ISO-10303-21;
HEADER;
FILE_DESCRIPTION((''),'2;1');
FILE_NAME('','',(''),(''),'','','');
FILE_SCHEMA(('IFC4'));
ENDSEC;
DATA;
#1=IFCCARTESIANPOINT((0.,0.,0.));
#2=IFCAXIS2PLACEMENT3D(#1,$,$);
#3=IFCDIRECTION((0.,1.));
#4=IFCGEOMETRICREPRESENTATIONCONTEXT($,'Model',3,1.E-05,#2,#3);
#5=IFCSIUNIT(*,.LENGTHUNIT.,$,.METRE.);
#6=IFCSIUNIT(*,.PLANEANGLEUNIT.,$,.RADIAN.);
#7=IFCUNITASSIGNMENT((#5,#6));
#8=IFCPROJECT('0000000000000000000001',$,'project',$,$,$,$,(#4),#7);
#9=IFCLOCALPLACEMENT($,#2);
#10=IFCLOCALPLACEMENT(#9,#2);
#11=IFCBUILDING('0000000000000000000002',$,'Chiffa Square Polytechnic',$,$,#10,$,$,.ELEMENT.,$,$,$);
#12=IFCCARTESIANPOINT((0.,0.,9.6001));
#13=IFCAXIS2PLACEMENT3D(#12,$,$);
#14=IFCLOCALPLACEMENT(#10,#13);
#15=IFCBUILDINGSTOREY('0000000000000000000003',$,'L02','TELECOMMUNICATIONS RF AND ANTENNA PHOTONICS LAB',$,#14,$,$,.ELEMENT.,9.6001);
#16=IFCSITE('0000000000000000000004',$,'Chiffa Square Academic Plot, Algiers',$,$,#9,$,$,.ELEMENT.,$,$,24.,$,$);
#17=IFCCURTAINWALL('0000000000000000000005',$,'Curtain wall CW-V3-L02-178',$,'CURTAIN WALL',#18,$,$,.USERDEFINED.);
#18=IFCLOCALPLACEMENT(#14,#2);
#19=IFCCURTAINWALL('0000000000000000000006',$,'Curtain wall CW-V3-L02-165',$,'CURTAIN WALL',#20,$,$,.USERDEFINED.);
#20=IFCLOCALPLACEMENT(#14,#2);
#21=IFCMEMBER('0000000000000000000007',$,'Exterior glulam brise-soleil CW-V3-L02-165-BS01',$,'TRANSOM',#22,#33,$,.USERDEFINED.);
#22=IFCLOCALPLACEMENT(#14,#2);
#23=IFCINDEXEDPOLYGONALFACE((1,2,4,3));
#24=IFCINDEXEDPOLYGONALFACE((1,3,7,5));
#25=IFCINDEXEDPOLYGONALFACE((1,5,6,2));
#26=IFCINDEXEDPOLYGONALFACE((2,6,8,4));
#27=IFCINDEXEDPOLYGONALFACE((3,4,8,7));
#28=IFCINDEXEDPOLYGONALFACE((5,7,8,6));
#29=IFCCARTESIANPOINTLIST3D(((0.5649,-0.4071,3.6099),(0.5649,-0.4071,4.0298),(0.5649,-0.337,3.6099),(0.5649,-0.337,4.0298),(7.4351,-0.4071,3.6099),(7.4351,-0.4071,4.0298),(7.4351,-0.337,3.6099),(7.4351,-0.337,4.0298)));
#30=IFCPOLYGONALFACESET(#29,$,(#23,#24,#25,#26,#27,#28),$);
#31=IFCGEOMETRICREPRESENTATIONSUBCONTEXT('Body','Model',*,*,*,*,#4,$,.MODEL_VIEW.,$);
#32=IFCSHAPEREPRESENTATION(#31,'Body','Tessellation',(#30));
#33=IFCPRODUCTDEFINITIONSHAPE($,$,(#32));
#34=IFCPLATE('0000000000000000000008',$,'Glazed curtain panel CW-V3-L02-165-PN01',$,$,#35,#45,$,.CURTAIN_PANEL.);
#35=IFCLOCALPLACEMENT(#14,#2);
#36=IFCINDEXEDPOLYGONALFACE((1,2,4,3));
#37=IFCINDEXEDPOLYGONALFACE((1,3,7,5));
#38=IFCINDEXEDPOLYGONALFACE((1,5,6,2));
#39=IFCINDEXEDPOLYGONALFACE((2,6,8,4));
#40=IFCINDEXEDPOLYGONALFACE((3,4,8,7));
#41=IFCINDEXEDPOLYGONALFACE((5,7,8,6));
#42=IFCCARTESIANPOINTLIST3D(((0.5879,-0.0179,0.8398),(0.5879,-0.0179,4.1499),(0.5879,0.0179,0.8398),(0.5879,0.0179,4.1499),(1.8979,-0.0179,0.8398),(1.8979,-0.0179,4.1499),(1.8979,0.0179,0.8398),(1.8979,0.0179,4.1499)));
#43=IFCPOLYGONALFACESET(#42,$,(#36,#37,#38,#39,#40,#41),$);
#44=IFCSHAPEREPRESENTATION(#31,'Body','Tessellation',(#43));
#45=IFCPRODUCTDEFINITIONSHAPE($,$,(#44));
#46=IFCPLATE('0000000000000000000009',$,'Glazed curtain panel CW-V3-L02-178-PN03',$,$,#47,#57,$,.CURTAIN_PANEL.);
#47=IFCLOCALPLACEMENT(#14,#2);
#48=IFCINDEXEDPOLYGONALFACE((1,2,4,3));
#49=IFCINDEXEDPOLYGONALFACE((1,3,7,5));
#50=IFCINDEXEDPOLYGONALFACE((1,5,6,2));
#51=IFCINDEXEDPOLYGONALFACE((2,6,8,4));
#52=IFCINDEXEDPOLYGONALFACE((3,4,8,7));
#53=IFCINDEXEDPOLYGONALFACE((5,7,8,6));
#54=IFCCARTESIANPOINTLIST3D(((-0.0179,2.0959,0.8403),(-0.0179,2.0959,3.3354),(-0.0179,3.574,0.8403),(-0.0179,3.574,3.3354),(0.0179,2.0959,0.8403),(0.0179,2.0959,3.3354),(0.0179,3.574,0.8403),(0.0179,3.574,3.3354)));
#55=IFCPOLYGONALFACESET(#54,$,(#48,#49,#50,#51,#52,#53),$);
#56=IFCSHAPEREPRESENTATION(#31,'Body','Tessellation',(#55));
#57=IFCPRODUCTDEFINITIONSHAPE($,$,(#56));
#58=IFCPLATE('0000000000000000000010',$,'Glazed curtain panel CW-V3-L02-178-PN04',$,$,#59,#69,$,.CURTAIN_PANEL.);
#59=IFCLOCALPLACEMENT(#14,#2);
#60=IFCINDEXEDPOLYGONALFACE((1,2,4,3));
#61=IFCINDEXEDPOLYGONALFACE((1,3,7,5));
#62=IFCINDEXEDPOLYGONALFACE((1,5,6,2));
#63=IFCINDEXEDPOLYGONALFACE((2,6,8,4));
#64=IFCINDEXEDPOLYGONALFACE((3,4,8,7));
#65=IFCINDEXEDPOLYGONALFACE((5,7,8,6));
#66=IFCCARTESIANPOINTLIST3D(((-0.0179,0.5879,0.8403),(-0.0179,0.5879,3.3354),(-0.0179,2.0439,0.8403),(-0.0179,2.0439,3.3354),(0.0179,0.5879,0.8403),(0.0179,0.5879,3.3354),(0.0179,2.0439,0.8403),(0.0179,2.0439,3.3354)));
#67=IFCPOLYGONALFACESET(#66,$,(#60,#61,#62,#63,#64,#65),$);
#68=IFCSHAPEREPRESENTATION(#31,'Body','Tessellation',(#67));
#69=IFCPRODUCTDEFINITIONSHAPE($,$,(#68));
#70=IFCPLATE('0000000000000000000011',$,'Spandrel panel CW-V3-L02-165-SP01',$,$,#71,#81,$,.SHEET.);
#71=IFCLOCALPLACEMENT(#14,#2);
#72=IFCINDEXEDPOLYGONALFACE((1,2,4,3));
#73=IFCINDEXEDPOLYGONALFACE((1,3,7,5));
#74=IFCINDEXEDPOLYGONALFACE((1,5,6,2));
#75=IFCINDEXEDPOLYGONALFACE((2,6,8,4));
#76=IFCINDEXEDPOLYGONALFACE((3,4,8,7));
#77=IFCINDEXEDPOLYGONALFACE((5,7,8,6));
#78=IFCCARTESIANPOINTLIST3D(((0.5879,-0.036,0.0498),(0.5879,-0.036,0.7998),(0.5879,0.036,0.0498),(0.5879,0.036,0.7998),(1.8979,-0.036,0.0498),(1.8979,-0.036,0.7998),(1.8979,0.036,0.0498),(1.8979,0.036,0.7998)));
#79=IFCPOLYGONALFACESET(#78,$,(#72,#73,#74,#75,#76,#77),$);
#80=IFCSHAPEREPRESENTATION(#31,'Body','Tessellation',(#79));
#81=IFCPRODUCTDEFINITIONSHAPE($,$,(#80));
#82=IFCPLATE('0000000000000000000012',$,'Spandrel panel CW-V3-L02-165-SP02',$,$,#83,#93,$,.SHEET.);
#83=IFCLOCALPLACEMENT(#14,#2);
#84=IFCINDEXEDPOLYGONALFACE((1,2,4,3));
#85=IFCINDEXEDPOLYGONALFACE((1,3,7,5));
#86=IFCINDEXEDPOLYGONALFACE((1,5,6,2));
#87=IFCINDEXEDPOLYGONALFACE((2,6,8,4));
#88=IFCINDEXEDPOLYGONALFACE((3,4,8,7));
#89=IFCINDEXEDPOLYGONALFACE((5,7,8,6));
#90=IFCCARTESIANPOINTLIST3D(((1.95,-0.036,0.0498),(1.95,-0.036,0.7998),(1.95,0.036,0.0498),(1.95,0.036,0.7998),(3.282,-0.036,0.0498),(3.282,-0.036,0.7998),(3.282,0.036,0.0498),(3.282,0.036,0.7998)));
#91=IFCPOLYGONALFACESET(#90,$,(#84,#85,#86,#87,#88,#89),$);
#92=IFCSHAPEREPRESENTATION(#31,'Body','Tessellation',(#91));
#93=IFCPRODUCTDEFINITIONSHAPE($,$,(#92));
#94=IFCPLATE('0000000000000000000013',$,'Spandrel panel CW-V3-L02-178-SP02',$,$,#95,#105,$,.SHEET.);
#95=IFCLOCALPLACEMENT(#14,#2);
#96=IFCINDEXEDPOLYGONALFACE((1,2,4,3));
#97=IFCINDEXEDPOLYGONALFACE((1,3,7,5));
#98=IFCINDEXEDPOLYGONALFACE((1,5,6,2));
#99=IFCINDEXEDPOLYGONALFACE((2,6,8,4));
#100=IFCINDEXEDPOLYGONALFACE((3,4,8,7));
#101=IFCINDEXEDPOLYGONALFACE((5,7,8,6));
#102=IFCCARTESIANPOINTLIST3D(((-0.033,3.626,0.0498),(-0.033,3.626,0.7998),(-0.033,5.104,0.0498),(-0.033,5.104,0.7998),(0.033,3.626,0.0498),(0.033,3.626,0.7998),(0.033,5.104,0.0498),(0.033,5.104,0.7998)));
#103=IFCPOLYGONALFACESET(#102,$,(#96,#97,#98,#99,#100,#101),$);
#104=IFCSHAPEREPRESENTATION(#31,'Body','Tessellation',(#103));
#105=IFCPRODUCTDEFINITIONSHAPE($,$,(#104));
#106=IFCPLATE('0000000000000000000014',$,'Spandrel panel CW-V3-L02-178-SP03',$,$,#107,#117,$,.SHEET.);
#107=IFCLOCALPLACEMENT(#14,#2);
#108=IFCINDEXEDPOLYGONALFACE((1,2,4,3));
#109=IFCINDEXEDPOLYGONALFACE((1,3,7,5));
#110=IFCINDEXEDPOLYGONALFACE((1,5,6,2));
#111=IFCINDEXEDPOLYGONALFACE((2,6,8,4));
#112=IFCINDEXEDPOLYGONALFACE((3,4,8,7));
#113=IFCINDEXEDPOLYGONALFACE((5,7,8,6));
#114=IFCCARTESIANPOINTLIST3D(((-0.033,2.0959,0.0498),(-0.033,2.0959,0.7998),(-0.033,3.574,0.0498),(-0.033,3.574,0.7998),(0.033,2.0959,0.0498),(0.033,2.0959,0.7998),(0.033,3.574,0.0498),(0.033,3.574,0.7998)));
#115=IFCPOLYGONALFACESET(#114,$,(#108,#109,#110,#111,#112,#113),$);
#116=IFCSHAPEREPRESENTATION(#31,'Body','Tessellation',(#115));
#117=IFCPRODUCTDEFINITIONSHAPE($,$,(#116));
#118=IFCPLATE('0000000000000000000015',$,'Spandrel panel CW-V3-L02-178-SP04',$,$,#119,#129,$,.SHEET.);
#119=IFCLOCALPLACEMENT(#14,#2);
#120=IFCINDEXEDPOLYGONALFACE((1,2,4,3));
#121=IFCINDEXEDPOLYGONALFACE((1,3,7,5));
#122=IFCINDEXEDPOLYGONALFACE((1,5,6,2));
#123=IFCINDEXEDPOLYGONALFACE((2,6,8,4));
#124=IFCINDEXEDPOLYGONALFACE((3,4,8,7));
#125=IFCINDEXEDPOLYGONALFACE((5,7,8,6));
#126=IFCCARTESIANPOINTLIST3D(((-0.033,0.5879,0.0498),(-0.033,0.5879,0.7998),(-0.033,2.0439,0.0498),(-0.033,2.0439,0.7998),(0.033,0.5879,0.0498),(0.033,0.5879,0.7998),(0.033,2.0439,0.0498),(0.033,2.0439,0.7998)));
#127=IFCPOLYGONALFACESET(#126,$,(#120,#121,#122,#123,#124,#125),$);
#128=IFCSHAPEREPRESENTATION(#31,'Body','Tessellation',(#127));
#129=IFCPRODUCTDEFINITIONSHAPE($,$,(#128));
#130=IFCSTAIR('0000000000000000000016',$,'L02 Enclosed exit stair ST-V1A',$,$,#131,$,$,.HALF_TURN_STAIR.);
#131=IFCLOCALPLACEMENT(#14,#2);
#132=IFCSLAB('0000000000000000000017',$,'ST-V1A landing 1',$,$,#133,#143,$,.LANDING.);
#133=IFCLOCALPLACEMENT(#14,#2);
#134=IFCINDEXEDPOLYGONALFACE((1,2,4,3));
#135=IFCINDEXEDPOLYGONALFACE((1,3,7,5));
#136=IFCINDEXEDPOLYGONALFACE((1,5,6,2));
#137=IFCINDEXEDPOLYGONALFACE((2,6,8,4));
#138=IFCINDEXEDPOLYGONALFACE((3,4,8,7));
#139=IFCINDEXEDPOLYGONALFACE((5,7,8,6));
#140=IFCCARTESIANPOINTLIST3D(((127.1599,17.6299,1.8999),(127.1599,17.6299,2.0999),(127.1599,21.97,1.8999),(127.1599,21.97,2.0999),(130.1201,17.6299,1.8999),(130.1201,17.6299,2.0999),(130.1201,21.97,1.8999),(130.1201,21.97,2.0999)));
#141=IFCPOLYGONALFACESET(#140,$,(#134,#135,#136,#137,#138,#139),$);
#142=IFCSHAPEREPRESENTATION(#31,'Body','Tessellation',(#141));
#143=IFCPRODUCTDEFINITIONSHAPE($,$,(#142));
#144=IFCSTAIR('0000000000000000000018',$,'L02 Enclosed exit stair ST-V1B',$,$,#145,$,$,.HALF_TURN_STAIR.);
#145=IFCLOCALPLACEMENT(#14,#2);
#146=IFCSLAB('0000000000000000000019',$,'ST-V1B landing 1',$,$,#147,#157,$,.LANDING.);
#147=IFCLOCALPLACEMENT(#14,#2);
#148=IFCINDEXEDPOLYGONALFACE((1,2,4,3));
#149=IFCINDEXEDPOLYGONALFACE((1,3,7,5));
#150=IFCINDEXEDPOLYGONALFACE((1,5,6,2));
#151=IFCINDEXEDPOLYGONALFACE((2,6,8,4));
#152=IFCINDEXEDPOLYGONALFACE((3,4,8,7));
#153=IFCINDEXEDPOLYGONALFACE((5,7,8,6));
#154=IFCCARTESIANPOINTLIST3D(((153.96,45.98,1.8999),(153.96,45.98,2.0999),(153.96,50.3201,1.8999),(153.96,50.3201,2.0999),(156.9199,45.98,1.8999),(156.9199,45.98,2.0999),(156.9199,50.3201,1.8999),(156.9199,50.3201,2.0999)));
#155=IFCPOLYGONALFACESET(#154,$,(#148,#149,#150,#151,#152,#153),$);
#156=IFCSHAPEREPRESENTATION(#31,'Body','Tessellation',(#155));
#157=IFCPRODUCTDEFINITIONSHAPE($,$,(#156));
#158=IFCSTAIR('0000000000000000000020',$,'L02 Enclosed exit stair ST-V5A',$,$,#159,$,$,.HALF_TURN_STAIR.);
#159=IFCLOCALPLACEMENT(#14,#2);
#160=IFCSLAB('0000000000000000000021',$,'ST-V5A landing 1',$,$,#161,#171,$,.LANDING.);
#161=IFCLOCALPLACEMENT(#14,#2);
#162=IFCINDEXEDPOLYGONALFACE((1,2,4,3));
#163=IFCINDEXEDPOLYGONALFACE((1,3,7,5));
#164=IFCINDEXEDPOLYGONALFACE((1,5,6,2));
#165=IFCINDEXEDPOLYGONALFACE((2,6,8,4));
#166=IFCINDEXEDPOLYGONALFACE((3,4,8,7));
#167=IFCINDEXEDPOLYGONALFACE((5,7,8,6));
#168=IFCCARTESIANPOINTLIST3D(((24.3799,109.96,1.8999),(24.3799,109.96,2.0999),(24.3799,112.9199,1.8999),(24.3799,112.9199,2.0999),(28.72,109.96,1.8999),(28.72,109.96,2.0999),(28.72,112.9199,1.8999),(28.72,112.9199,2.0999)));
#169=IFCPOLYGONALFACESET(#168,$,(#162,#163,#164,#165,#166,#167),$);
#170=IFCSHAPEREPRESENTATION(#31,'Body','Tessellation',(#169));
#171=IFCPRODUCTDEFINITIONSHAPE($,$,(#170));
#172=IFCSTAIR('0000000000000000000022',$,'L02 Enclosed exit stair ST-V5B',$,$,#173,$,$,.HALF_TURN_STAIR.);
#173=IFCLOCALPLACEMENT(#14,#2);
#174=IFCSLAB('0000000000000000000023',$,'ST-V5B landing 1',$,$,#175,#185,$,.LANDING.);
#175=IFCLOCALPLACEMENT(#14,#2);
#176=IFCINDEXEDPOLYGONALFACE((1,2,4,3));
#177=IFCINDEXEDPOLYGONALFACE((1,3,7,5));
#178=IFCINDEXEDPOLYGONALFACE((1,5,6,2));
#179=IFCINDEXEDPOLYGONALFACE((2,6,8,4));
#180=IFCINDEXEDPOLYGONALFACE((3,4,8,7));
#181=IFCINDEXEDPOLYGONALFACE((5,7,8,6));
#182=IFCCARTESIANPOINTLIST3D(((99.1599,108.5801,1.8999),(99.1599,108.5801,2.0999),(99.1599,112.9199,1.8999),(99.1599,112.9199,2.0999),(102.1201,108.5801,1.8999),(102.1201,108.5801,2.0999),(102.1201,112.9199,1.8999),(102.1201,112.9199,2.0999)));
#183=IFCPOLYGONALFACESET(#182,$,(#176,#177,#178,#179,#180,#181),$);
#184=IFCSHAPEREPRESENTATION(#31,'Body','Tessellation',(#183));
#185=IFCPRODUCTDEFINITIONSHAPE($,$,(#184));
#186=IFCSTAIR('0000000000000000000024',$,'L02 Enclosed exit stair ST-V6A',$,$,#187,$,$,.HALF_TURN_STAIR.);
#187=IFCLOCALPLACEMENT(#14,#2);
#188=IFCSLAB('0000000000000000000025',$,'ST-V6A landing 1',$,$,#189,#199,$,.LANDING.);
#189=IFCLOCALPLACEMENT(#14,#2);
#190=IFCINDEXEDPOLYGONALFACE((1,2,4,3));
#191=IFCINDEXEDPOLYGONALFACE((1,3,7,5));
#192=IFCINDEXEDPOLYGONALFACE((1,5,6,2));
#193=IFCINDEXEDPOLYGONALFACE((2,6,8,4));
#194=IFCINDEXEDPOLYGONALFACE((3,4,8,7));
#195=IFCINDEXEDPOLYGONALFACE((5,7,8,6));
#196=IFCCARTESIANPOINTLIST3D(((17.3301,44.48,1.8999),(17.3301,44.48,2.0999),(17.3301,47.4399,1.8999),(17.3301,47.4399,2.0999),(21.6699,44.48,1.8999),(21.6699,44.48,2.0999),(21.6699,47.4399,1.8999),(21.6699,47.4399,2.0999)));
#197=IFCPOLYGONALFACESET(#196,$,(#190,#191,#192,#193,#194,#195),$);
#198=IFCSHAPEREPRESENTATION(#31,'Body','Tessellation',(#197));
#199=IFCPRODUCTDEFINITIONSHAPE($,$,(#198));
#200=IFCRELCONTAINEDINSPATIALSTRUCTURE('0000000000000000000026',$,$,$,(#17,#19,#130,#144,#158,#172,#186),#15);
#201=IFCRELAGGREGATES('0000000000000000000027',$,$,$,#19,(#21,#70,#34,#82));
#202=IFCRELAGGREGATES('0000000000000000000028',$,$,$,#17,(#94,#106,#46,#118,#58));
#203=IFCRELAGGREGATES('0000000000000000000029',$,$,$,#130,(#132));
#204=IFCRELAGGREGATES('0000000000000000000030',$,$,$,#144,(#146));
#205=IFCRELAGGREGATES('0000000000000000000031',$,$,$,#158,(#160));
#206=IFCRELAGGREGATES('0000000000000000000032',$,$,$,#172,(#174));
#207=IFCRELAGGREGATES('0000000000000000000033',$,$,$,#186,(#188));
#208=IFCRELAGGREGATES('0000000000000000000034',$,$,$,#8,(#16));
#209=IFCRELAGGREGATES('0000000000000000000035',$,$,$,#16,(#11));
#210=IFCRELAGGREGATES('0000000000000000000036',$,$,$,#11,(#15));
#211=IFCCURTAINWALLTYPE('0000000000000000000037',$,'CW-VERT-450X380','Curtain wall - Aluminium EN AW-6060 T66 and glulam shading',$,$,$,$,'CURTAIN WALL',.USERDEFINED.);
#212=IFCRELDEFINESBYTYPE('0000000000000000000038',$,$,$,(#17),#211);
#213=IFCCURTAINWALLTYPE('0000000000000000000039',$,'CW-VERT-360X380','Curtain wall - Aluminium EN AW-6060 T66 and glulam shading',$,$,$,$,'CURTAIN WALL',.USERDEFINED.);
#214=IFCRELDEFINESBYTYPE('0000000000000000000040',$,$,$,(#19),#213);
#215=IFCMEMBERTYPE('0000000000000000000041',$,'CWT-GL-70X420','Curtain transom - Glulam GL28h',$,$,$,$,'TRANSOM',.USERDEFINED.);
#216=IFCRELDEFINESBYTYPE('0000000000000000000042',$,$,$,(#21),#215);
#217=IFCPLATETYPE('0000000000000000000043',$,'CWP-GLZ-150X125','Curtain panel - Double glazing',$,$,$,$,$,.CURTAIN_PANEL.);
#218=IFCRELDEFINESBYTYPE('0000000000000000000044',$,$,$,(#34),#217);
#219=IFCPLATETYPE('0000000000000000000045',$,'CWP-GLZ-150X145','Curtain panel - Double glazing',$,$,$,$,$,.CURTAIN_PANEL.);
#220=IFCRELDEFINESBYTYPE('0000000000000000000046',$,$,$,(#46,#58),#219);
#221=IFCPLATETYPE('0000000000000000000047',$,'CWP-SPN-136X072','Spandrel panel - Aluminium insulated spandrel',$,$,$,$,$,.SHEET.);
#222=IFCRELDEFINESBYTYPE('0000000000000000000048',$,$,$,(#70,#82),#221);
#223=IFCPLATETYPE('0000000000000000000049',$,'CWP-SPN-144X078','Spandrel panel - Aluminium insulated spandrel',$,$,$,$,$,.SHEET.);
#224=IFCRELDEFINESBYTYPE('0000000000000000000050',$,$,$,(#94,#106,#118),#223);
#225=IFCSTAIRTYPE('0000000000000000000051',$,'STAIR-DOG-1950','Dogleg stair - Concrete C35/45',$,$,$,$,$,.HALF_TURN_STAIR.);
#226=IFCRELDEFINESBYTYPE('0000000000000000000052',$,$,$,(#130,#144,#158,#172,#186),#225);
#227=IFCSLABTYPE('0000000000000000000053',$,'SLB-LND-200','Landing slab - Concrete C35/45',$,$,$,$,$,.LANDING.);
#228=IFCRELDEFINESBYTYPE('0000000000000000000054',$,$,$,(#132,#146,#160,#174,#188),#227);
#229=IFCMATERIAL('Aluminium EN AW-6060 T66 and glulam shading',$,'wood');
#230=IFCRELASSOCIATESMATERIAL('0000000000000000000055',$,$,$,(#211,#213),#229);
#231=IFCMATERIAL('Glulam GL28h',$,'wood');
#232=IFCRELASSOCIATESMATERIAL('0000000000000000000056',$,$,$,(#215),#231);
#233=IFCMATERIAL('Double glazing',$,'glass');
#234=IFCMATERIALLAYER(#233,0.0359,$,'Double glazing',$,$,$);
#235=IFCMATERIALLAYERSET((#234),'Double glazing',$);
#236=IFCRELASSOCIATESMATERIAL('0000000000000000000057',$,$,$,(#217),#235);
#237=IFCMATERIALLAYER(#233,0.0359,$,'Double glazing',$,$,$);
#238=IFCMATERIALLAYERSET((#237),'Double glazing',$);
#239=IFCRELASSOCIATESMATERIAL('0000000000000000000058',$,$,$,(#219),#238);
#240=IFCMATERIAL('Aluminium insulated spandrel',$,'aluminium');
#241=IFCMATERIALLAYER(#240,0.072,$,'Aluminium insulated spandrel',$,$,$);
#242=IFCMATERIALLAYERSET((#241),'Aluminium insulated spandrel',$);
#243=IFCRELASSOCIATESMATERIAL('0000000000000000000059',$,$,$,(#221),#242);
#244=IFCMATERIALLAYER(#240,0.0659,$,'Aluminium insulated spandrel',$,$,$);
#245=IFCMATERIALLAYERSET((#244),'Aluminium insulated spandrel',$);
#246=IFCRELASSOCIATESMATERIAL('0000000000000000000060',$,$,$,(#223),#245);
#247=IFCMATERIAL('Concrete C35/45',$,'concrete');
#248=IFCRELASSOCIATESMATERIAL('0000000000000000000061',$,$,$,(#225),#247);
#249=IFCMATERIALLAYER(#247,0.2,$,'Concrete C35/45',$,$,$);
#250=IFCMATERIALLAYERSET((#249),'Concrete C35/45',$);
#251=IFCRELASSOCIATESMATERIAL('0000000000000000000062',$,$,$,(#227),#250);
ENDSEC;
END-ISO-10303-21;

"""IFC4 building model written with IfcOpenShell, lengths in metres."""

from ifc_helpers import new_model, si_unit, direction, frame, origin, origin_2d, place, context, subcontext, project, spatial, polyline, rectangle, outline, extrude, material, layer, layer_set, material_profile, profile_set, type_object, element, aggregate, save


model = new_model("IFC4")

# Units and contexts
model_context = context("Model", 3, precision=1e-05, world=origin(), true_north=direction((0.0, 1.0)))
body_context = subcontext(model_context, "Body", "Model", "MODEL_VIEW")
ifc_project = project(units=[si_unit("LENGTHUNIT", "METRE"), si_unit("PLANEANGLEUNIT", "RADIAN")], contexts=[model_context])

# Site, building, storey
site_placement = place(None, origin())
site = spatial("IfcSite", under=ifc_project, at=site_placement, Name="Chiffa Square Academic Plot, Algiers", CompositionType="ELEMENT", RefElevation=24.0)
building_placement = place(site_placement, origin())
building = spatial("IfcBuilding", under=site, at=building_placement, Name="Chiffa Square Polytechnic", CompositionType="ELEMENT")
storey_placement = place(building_placement, frame((0.0, 0.0, 9.6001)))
storey = spatial("IfcBuildingStorey", under=building, at=storey_placement, Name="L02", Description="TELECOMMUNICATIONS RF AND ANTENNA PHOTONICS LAB", CompositionType="ELEMENT", Elevation=9.6001)

# Curtain walls
ifc_material_1 = material(Name="Aluminium EN AW-6060 T66 and glulam shading", Category="wood")
curtain_wall_type_1 = type_object("IfcCurtainWallType", Name="CW-VERT-450X380", Description="Curtain wall - Aluminium EN AW-6060 T66 and glulam shading", ElementType="CURTAIN WALL", PredefinedType="USERDEFINED", material=ifc_material_1)
curtain_wall_1_placement = place(storey_placement, origin())
curtain_wall_1 = element("IfcCurtainWall", 1, at=curtain_wall_1_placement, inside=storey, type_object=curtain_wall_type_1, Name="Curtain wall CW-V3-L02-178", ObjectType="CURTAIN WALL", PredefinedType="USERDEFINED")
curtain_wall_type_2 = type_object("IfcCurtainWallType", Name="CW-VERT-360X380", Description="Curtain wall - Aluminium EN AW-6060 T66 and glulam shading", ElementType="CURTAIN WALL", PredefinedType="USERDEFINED", material=ifc_material_1)
curtain_wall_2_placement = place(storey_placement, origin())
curtain_wall_2 = element("IfcCurtainWall", 2, at=curtain_wall_2_placement, inside=storey, type_object=curtain_wall_type_2, Name="Curtain wall CW-V3-L02-165", ObjectType="CURTAIN WALL", PredefinedType="USERDEFINED")
ifc_material_2 = material(Name="Glulam GL28h", Category="wood")

# Member
ifc_material_profile_1 = material_profile(ifc_material_2, rectangle(XDim=0.0701, YDim=0.4199, at=origin_2d()), Name="GL28h 70x420")
ifc_profile_set_1 = profile_set([ifc_material_profile_1], Name="Glulam GL28h")
member_type_1 = type_object("IfcMemberType", Name="CWT-GL-70X420", Description="Curtain transom - Glulam GL28h", ElementType="TRANSOM", PredefinedType="USERDEFINED", material=ifc_profile_set_1)
member_1_placement = place(storey_placement, frame((0.5649, -0.3721, 3.8198), z_axis=(1.0, 0.0, 0.0), x_axis=(0.0, 1.0, 0.0)))
member_1 = element("IfcMember", 3, at=member_1_placement, type_object=member_type_1, Name="Exterior glulam brise-soleil CW-V3-L02-165-BS01", ObjectType="TRANSOM", PredefinedType="USERDEFINED", context=body_context, shape_type="SweptSolid", body=[
    extrude(rectangle(XDim=0.0701, YDim=0.4199, at=origin_2d()), origin(), (0.0, 0.0, 1.0), 6.8701),
])

# Plates
ifc_material_3 = material(Name="Double glazing", Category="glass")
ifc_layer_1 = layer(ifc_material_3, 0.0359, Name="Double glazing")
ifc_layer_set_1 = layer_set([ifc_layer_1], Name="Double glazing")
plate_type_1 = type_object("IfcPlateType", Name="CWP-GLZ-150X125", Description="Curtain panel - Double glazing", PredefinedType="CURTAIN_PANEL", material=ifc_layer_set_1)
plate_1_placement = place(storey_placement, frame((1.2429, 0.0, 0.8398), z_axis=(0.0, 0.0, 1.0), x_axis=(1.0, 0.0, 0.0)))
plate_1 = element("IfcPlate", 4, at=plate_1_placement, type_object=plate_type_1, Name="Glazed curtain panel CW-V3-L02-165-PN01", PredefinedType="CURTAIN_PANEL", context=body_context, shape_type="SweptSolid", body=[
    extrude(rectangle(XDim=1.3101, YDim=0.0359, at=origin_2d()), origin(), (0.0, 0.0, 1.0), 3.3101),
])
ifc_layer_2 = layer(ifc_material_3, 0.0359, Name="Double glazing")
ifc_layer_set_2 = layer_set([ifc_layer_2], Name="Double glazing")
plate_type_2 = type_object("IfcPlateType", Name="CWP-GLZ-150X145", Description="Curtain panel - Double glazing", PredefinedType="CURTAIN_PANEL", material=ifc_layer_set_2)
plate_2_placement = place(storey_placement, frame((0.0, 2.835, 0.8403), z_axis=(0.0, 0.0, 1.0), x_axis=(0.0, -1.0, 0.0)))
plate_2 = element("IfcPlate", 5, at=plate_2_placement, type_object=plate_type_2, Name="Glazed curtain panel CW-V3-L02-178-PN03", PredefinedType="CURTAIN_PANEL", context=body_context, shape_type="SweptSolid", body=[
    extrude(rectangle(XDim=1.478, YDim=0.0359, at=origin_2d()), origin(), (0.0, 0.0, 1.0), 2.4951),
])
plate_3_placement = place(storey_placement, frame((0.0, 1.3159, 0.8403), z_axis=(0.0, 0.0, 1.0), x_axis=(0.0, -1.0, 0.0)))
plate_3 = element("IfcPlate", 6, at=plate_3_placement, type_object=plate_type_2, Name="Glazed curtain panel CW-V3-L02-178-PN04", PredefinedType="CURTAIN_PANEL", context=body_context, shape_type="SweptSolid", body=[
    extrude(rectangle(XDim=1.4561, YDim=0.0359, at=origin_2d()), origin(), (0.0, 0.0, 1.0), 2.4951),
])
ifc_material_4 = material(Name="Aluminium insulated spandrel", Category="aluminium")
ifc_layer_3 = layer(ifc_material_4, 0.072, Name="Aluminium insulated spandrel")
ifc_layer_set_3 = layer_set([ifc_layer_3], Name="Aluminium insulated spandrel")
plate_type_3 = type_object("IfcPlateType", Name="CWP-SPN-136X072", Description="Spandrel panel - Aluminium insulated spandrel", PredefinedType="SHEET", material=ifc_layer_set_3)
plate_4_placement = place(storey_placement, frame((1.2429, 0.0, 0.0498), z_axis=(0.0, 0.0, 1.0), x_axis=(1.0, 0.0, 0.0)))
plate_4 = element("IfcPlate", 7, at=plate_4_placement, type_object=plate_type_3, Name="Spandrel panel CW-V3-L02-165-SP01", PredefinedType="SHEET", context=body_context, shape_type="SweptSolid", body=[
    extrude(rectangle(XDim=1.3101, YDim=0.072, at=origin_2d()), origin(), (0.0, 0.0, 1.0), 0.75),
])
plate_5_placement = place(storey_placement, frame((2.616, 0.0, 0.0498), z_axis=(0.0, 0.0, 1.0), x_axis=(1.0, 0.0, 0.0)))
plate_5 = element("IfcPlate", 8, at=plate_5_placement, type_object=plate_type_3, Name="Spandrel panel CW-V3-L02-165-SP02", PredefinedType="SHEET", context=body_context, shape_type="SweptSolid", body=[
    extrude(rectangle(XDim=1.332, YDim=0.072, at=origin_2d()), origin(), (0.0, 0.0, 1.0), 0.75),
])
aggregate(curtain_wall_2, [member_1, plate_4, plate_1, plate_5])
ifc_layer_4 = layer(ifc_material_4, 0.0659, Name="Aluminium insulated spandrel")
ifc_layer_set_4 = layer_set([ifc_layer_4], Name="Aluminium insulated spandrel")
plate_type_4 = type_object("IfcPlateType", Name="CWP-SPN-144X078", Description="Spandrel panel - Aluminium insulated spandrel", PredefinedType="SHEET", material=ifc_layer_set_4)
plate_6_placement = place(storey_placement, frame((0.0, 4.365, 0.0498), z_axis=(0.0, 0.0, 1.0), x_axis=(0.0, -1.0, 0.0)))
plate_6 = element("IfcPlate", 9, at=plate_6_placement, type_object=plate_type_4, Name="Spandrel panel CW-V3-L02-178-SP02", PredefinedType="SHEET", context=body_context, shape_type="SweptSolid", body=[
    extrude(rectangle(XDim=1.478, YDim=0.0659, at=origin_2d()), origin(), (0.0, 0.0, 1.0), 0.75),
])
plate_7_placement = place(storey_placement, frame((0.0, 2.835, 0.0498), z_axis=(0.0, 0.0, 1.0), x_axis=(0.0, -1.0, 0.0)))
plate_7 = element("IfcPlate", 10, at=plate_7_placement, type_object=plate_type_4, Name="Spandrel panel CW-V3-L02-178-SP03", PredefinedType="SHEET", context=body_context, shape_type="SweptSolid", body=[
    extrude(rectangle(XDim=1.478, YDim=0.0659, at=origin_2d()), origin(), (0.0, 0.0, 1.0), 0.75),
])
plate_8_placement = place(storey_placement, frame((0.0, 1.3159, 0.0498), z_axis=(0.0, 0.0, 1.0), x_axis=(0.0, -1.0, 0.0)))
plate_8 = element("IfcPlate", 11, at=plate_8_placement, type_object=plate_type_4, Name="Spandrel panel CW-V3-L02-178-SP04", PredefinedType="SHEET", context=body_context, shape_type="SweptSolid", body=[
    extrude(rectangle(XDim=1.4561, YDim=0.0659, at=origin_2d()), origin(), (0.0, 0.0, 1.0), 0.75),
])
aggregate(curtain_wall_1, [plate_6, plate_7, plate_2, plate_8, plate_3])

# Stairs, slabs
ifc_material_5 = material(Name="Concrete C35/45", Category="concrete")
stair_type = type_object("IfcStairType", Name="STAIR-DOG-1950", Description="Dogleg stair - Concrete C35/45", PredefinedType="HALF_TURN_STAIR", material=ifc_material_5)
stair_1_placement = place(storey_placement, origin())
stair_1 = element("IfcStair", 12, at=stair_1_placement, inside=storey, type_object=stair_type, Name="L02 Enclosed exit stair ST-V1A", PredefinedType="HALF_TURN_STAIR")
ifc_layer_5 = layer(ifc_material_5, 0.2, Name="Concrete C35/45")
ifc_layer_set_5 = layer_set([ifc_layer_5], Name="Concrete C35/45")
slab_type = type_object("IfcSlabType", Name="SLB-LND-200", Description="Landing slab - Concrete C35/45", PredefinedType="LANDING", material=ifc_layer_set_5)
slab_1_placement = place(storey_placement, frame((0.0, 0.0, 1.8999)))
slab_1 = element("IfcSlab", 13, at=slab_1_placement, type_object=slab_type, Name="ST-V1A landing 1", PredefinedType="LANDING", context=body_context, shape_type="SweptSolid", body=[
    extrude(outline(polyline([(127.1599, 17.6299), (127.1599, 21.97), (130.1201, 21.97), (130.1201, 17.6299), (127.1599, 17.6299)])), origin(), (0.0, 0.0, 1.0), 0.2),
])
aggregate(stair_1, [slab_1])
stair_2_placement = place(storey_placement, origin())
stair_2 = element("IfcStair", 14, at=stair_2_placement, inside=storey, type_object=stair_type, Name="L02 Enclosed exit stair ST-V1B", PredefinedType="HALF_TURN_STAIR")
slab_2_placement = place(storey_placement, frame((0.0, 0.0, 1.8999)))
slab_2 = element("IfcSlab", 15, at=slab_2_placement, type_object=slab_type, Name="ST-V1B landing 1", PredefinedType="LANDING", context=body_context, shape_type="SweptSolid", body=[
    extrude(outline(polyline([(153.96, 45.98), (153.96, 50.3201), (156.9199, 50.3201), (156.9199, 45.98), (153.96, 45.98)])), origin(), (0.0, 0.0, 1.0), 0.2),
])
aggregate(stair_2, [slab_2])
stair_3_placement = place(storey_placement, origin())
stair_3 = element("IfcStair", 16, at=stair_3_placement, inside=storey, type_object=stair_type, Name="L02 Enclosed exit stair ST-V5A", PredefinedType="HALF_TURN_STAIR")
slab_3_placement = place(storey_placement, frame((0.0, 0.0, 1.8999)))
slab_3 = element("IfcSlab", 17, at=slab_3_placement, type_object=slab_type, Name="ST-V5A landing 1", PredefinedType="LANDING", context=body_context, shape_type="SweptSolid", body=[
    extrude(outline(polyline([(28.72, 109.96), (24.3799, 109.96), (24.3799, 112.9199), (28.72, 112.9199), (28.72, 109.96)])), origin(), (0.0, 0.0, 1.0), 0.2),
])
aggregate(stair_3, [slab_3])
stair_4_placement = place(storey_placement, origin())
stair_4 = element("IfcStair", 18, at=stair_4_placement, inside=storey, type_object=stair_type, Name="L02 Enclosed exit stair ST-V5B", PredefinedType="HALF_TURN_STAIR")
slab_4_placement = place(storey_placement, frame((0.0, 0.0, 1.8999)))
slab_4 = element("IfcSlab", 19, at=slab_4_placement, type_object=slab_type, Name="ST-V5B landing 1", PredefinedType="LANDING", context=body_context, shape_type="SweptSolid", body=[
    extrude(outline(polyline([(99.1599, 108.5801), (99.1599, 112.9199), (102.1201, 112.9199), (102.1201, 108.5801), (99.1599, 108.5801)])), origin(), (0.0, 0.0, 1.0), 0.2),
])
aggregate(stair_4, [slab_4])
stair_5_placement = place(storey_placement, origin())
stair_5 = element("IfcStair", 20, at=stair_5_placement, inside=storey, type_object=stair_type, Name="L02 Enclosed exit stair ST-V6A", PredefinedType="HALF_TURN_STAIR")
slab_5_placement = place(storey_placement, frame((0.0, 0.0, 1.8999)))
slab_5 = element("IfcSlab", 21, at=slab_5_placement, type_object=slab_type, Name="ST-V6A landing 1", PredefinedType="LANDING", context=body_context, shape_type="SweptSolid", body=[
    extrude(outline(polyline([(17.3301, 47.4399), (21.6699, 47.4399), (21.6699, 44.48), (17.3301, 44.48), (17.3301, 47.4399)])), origin(), (0.0, 0.0, 1.0), 0.2),
])
aggregate(stair_5, [slab_5])

save(model, "model.ifc")
